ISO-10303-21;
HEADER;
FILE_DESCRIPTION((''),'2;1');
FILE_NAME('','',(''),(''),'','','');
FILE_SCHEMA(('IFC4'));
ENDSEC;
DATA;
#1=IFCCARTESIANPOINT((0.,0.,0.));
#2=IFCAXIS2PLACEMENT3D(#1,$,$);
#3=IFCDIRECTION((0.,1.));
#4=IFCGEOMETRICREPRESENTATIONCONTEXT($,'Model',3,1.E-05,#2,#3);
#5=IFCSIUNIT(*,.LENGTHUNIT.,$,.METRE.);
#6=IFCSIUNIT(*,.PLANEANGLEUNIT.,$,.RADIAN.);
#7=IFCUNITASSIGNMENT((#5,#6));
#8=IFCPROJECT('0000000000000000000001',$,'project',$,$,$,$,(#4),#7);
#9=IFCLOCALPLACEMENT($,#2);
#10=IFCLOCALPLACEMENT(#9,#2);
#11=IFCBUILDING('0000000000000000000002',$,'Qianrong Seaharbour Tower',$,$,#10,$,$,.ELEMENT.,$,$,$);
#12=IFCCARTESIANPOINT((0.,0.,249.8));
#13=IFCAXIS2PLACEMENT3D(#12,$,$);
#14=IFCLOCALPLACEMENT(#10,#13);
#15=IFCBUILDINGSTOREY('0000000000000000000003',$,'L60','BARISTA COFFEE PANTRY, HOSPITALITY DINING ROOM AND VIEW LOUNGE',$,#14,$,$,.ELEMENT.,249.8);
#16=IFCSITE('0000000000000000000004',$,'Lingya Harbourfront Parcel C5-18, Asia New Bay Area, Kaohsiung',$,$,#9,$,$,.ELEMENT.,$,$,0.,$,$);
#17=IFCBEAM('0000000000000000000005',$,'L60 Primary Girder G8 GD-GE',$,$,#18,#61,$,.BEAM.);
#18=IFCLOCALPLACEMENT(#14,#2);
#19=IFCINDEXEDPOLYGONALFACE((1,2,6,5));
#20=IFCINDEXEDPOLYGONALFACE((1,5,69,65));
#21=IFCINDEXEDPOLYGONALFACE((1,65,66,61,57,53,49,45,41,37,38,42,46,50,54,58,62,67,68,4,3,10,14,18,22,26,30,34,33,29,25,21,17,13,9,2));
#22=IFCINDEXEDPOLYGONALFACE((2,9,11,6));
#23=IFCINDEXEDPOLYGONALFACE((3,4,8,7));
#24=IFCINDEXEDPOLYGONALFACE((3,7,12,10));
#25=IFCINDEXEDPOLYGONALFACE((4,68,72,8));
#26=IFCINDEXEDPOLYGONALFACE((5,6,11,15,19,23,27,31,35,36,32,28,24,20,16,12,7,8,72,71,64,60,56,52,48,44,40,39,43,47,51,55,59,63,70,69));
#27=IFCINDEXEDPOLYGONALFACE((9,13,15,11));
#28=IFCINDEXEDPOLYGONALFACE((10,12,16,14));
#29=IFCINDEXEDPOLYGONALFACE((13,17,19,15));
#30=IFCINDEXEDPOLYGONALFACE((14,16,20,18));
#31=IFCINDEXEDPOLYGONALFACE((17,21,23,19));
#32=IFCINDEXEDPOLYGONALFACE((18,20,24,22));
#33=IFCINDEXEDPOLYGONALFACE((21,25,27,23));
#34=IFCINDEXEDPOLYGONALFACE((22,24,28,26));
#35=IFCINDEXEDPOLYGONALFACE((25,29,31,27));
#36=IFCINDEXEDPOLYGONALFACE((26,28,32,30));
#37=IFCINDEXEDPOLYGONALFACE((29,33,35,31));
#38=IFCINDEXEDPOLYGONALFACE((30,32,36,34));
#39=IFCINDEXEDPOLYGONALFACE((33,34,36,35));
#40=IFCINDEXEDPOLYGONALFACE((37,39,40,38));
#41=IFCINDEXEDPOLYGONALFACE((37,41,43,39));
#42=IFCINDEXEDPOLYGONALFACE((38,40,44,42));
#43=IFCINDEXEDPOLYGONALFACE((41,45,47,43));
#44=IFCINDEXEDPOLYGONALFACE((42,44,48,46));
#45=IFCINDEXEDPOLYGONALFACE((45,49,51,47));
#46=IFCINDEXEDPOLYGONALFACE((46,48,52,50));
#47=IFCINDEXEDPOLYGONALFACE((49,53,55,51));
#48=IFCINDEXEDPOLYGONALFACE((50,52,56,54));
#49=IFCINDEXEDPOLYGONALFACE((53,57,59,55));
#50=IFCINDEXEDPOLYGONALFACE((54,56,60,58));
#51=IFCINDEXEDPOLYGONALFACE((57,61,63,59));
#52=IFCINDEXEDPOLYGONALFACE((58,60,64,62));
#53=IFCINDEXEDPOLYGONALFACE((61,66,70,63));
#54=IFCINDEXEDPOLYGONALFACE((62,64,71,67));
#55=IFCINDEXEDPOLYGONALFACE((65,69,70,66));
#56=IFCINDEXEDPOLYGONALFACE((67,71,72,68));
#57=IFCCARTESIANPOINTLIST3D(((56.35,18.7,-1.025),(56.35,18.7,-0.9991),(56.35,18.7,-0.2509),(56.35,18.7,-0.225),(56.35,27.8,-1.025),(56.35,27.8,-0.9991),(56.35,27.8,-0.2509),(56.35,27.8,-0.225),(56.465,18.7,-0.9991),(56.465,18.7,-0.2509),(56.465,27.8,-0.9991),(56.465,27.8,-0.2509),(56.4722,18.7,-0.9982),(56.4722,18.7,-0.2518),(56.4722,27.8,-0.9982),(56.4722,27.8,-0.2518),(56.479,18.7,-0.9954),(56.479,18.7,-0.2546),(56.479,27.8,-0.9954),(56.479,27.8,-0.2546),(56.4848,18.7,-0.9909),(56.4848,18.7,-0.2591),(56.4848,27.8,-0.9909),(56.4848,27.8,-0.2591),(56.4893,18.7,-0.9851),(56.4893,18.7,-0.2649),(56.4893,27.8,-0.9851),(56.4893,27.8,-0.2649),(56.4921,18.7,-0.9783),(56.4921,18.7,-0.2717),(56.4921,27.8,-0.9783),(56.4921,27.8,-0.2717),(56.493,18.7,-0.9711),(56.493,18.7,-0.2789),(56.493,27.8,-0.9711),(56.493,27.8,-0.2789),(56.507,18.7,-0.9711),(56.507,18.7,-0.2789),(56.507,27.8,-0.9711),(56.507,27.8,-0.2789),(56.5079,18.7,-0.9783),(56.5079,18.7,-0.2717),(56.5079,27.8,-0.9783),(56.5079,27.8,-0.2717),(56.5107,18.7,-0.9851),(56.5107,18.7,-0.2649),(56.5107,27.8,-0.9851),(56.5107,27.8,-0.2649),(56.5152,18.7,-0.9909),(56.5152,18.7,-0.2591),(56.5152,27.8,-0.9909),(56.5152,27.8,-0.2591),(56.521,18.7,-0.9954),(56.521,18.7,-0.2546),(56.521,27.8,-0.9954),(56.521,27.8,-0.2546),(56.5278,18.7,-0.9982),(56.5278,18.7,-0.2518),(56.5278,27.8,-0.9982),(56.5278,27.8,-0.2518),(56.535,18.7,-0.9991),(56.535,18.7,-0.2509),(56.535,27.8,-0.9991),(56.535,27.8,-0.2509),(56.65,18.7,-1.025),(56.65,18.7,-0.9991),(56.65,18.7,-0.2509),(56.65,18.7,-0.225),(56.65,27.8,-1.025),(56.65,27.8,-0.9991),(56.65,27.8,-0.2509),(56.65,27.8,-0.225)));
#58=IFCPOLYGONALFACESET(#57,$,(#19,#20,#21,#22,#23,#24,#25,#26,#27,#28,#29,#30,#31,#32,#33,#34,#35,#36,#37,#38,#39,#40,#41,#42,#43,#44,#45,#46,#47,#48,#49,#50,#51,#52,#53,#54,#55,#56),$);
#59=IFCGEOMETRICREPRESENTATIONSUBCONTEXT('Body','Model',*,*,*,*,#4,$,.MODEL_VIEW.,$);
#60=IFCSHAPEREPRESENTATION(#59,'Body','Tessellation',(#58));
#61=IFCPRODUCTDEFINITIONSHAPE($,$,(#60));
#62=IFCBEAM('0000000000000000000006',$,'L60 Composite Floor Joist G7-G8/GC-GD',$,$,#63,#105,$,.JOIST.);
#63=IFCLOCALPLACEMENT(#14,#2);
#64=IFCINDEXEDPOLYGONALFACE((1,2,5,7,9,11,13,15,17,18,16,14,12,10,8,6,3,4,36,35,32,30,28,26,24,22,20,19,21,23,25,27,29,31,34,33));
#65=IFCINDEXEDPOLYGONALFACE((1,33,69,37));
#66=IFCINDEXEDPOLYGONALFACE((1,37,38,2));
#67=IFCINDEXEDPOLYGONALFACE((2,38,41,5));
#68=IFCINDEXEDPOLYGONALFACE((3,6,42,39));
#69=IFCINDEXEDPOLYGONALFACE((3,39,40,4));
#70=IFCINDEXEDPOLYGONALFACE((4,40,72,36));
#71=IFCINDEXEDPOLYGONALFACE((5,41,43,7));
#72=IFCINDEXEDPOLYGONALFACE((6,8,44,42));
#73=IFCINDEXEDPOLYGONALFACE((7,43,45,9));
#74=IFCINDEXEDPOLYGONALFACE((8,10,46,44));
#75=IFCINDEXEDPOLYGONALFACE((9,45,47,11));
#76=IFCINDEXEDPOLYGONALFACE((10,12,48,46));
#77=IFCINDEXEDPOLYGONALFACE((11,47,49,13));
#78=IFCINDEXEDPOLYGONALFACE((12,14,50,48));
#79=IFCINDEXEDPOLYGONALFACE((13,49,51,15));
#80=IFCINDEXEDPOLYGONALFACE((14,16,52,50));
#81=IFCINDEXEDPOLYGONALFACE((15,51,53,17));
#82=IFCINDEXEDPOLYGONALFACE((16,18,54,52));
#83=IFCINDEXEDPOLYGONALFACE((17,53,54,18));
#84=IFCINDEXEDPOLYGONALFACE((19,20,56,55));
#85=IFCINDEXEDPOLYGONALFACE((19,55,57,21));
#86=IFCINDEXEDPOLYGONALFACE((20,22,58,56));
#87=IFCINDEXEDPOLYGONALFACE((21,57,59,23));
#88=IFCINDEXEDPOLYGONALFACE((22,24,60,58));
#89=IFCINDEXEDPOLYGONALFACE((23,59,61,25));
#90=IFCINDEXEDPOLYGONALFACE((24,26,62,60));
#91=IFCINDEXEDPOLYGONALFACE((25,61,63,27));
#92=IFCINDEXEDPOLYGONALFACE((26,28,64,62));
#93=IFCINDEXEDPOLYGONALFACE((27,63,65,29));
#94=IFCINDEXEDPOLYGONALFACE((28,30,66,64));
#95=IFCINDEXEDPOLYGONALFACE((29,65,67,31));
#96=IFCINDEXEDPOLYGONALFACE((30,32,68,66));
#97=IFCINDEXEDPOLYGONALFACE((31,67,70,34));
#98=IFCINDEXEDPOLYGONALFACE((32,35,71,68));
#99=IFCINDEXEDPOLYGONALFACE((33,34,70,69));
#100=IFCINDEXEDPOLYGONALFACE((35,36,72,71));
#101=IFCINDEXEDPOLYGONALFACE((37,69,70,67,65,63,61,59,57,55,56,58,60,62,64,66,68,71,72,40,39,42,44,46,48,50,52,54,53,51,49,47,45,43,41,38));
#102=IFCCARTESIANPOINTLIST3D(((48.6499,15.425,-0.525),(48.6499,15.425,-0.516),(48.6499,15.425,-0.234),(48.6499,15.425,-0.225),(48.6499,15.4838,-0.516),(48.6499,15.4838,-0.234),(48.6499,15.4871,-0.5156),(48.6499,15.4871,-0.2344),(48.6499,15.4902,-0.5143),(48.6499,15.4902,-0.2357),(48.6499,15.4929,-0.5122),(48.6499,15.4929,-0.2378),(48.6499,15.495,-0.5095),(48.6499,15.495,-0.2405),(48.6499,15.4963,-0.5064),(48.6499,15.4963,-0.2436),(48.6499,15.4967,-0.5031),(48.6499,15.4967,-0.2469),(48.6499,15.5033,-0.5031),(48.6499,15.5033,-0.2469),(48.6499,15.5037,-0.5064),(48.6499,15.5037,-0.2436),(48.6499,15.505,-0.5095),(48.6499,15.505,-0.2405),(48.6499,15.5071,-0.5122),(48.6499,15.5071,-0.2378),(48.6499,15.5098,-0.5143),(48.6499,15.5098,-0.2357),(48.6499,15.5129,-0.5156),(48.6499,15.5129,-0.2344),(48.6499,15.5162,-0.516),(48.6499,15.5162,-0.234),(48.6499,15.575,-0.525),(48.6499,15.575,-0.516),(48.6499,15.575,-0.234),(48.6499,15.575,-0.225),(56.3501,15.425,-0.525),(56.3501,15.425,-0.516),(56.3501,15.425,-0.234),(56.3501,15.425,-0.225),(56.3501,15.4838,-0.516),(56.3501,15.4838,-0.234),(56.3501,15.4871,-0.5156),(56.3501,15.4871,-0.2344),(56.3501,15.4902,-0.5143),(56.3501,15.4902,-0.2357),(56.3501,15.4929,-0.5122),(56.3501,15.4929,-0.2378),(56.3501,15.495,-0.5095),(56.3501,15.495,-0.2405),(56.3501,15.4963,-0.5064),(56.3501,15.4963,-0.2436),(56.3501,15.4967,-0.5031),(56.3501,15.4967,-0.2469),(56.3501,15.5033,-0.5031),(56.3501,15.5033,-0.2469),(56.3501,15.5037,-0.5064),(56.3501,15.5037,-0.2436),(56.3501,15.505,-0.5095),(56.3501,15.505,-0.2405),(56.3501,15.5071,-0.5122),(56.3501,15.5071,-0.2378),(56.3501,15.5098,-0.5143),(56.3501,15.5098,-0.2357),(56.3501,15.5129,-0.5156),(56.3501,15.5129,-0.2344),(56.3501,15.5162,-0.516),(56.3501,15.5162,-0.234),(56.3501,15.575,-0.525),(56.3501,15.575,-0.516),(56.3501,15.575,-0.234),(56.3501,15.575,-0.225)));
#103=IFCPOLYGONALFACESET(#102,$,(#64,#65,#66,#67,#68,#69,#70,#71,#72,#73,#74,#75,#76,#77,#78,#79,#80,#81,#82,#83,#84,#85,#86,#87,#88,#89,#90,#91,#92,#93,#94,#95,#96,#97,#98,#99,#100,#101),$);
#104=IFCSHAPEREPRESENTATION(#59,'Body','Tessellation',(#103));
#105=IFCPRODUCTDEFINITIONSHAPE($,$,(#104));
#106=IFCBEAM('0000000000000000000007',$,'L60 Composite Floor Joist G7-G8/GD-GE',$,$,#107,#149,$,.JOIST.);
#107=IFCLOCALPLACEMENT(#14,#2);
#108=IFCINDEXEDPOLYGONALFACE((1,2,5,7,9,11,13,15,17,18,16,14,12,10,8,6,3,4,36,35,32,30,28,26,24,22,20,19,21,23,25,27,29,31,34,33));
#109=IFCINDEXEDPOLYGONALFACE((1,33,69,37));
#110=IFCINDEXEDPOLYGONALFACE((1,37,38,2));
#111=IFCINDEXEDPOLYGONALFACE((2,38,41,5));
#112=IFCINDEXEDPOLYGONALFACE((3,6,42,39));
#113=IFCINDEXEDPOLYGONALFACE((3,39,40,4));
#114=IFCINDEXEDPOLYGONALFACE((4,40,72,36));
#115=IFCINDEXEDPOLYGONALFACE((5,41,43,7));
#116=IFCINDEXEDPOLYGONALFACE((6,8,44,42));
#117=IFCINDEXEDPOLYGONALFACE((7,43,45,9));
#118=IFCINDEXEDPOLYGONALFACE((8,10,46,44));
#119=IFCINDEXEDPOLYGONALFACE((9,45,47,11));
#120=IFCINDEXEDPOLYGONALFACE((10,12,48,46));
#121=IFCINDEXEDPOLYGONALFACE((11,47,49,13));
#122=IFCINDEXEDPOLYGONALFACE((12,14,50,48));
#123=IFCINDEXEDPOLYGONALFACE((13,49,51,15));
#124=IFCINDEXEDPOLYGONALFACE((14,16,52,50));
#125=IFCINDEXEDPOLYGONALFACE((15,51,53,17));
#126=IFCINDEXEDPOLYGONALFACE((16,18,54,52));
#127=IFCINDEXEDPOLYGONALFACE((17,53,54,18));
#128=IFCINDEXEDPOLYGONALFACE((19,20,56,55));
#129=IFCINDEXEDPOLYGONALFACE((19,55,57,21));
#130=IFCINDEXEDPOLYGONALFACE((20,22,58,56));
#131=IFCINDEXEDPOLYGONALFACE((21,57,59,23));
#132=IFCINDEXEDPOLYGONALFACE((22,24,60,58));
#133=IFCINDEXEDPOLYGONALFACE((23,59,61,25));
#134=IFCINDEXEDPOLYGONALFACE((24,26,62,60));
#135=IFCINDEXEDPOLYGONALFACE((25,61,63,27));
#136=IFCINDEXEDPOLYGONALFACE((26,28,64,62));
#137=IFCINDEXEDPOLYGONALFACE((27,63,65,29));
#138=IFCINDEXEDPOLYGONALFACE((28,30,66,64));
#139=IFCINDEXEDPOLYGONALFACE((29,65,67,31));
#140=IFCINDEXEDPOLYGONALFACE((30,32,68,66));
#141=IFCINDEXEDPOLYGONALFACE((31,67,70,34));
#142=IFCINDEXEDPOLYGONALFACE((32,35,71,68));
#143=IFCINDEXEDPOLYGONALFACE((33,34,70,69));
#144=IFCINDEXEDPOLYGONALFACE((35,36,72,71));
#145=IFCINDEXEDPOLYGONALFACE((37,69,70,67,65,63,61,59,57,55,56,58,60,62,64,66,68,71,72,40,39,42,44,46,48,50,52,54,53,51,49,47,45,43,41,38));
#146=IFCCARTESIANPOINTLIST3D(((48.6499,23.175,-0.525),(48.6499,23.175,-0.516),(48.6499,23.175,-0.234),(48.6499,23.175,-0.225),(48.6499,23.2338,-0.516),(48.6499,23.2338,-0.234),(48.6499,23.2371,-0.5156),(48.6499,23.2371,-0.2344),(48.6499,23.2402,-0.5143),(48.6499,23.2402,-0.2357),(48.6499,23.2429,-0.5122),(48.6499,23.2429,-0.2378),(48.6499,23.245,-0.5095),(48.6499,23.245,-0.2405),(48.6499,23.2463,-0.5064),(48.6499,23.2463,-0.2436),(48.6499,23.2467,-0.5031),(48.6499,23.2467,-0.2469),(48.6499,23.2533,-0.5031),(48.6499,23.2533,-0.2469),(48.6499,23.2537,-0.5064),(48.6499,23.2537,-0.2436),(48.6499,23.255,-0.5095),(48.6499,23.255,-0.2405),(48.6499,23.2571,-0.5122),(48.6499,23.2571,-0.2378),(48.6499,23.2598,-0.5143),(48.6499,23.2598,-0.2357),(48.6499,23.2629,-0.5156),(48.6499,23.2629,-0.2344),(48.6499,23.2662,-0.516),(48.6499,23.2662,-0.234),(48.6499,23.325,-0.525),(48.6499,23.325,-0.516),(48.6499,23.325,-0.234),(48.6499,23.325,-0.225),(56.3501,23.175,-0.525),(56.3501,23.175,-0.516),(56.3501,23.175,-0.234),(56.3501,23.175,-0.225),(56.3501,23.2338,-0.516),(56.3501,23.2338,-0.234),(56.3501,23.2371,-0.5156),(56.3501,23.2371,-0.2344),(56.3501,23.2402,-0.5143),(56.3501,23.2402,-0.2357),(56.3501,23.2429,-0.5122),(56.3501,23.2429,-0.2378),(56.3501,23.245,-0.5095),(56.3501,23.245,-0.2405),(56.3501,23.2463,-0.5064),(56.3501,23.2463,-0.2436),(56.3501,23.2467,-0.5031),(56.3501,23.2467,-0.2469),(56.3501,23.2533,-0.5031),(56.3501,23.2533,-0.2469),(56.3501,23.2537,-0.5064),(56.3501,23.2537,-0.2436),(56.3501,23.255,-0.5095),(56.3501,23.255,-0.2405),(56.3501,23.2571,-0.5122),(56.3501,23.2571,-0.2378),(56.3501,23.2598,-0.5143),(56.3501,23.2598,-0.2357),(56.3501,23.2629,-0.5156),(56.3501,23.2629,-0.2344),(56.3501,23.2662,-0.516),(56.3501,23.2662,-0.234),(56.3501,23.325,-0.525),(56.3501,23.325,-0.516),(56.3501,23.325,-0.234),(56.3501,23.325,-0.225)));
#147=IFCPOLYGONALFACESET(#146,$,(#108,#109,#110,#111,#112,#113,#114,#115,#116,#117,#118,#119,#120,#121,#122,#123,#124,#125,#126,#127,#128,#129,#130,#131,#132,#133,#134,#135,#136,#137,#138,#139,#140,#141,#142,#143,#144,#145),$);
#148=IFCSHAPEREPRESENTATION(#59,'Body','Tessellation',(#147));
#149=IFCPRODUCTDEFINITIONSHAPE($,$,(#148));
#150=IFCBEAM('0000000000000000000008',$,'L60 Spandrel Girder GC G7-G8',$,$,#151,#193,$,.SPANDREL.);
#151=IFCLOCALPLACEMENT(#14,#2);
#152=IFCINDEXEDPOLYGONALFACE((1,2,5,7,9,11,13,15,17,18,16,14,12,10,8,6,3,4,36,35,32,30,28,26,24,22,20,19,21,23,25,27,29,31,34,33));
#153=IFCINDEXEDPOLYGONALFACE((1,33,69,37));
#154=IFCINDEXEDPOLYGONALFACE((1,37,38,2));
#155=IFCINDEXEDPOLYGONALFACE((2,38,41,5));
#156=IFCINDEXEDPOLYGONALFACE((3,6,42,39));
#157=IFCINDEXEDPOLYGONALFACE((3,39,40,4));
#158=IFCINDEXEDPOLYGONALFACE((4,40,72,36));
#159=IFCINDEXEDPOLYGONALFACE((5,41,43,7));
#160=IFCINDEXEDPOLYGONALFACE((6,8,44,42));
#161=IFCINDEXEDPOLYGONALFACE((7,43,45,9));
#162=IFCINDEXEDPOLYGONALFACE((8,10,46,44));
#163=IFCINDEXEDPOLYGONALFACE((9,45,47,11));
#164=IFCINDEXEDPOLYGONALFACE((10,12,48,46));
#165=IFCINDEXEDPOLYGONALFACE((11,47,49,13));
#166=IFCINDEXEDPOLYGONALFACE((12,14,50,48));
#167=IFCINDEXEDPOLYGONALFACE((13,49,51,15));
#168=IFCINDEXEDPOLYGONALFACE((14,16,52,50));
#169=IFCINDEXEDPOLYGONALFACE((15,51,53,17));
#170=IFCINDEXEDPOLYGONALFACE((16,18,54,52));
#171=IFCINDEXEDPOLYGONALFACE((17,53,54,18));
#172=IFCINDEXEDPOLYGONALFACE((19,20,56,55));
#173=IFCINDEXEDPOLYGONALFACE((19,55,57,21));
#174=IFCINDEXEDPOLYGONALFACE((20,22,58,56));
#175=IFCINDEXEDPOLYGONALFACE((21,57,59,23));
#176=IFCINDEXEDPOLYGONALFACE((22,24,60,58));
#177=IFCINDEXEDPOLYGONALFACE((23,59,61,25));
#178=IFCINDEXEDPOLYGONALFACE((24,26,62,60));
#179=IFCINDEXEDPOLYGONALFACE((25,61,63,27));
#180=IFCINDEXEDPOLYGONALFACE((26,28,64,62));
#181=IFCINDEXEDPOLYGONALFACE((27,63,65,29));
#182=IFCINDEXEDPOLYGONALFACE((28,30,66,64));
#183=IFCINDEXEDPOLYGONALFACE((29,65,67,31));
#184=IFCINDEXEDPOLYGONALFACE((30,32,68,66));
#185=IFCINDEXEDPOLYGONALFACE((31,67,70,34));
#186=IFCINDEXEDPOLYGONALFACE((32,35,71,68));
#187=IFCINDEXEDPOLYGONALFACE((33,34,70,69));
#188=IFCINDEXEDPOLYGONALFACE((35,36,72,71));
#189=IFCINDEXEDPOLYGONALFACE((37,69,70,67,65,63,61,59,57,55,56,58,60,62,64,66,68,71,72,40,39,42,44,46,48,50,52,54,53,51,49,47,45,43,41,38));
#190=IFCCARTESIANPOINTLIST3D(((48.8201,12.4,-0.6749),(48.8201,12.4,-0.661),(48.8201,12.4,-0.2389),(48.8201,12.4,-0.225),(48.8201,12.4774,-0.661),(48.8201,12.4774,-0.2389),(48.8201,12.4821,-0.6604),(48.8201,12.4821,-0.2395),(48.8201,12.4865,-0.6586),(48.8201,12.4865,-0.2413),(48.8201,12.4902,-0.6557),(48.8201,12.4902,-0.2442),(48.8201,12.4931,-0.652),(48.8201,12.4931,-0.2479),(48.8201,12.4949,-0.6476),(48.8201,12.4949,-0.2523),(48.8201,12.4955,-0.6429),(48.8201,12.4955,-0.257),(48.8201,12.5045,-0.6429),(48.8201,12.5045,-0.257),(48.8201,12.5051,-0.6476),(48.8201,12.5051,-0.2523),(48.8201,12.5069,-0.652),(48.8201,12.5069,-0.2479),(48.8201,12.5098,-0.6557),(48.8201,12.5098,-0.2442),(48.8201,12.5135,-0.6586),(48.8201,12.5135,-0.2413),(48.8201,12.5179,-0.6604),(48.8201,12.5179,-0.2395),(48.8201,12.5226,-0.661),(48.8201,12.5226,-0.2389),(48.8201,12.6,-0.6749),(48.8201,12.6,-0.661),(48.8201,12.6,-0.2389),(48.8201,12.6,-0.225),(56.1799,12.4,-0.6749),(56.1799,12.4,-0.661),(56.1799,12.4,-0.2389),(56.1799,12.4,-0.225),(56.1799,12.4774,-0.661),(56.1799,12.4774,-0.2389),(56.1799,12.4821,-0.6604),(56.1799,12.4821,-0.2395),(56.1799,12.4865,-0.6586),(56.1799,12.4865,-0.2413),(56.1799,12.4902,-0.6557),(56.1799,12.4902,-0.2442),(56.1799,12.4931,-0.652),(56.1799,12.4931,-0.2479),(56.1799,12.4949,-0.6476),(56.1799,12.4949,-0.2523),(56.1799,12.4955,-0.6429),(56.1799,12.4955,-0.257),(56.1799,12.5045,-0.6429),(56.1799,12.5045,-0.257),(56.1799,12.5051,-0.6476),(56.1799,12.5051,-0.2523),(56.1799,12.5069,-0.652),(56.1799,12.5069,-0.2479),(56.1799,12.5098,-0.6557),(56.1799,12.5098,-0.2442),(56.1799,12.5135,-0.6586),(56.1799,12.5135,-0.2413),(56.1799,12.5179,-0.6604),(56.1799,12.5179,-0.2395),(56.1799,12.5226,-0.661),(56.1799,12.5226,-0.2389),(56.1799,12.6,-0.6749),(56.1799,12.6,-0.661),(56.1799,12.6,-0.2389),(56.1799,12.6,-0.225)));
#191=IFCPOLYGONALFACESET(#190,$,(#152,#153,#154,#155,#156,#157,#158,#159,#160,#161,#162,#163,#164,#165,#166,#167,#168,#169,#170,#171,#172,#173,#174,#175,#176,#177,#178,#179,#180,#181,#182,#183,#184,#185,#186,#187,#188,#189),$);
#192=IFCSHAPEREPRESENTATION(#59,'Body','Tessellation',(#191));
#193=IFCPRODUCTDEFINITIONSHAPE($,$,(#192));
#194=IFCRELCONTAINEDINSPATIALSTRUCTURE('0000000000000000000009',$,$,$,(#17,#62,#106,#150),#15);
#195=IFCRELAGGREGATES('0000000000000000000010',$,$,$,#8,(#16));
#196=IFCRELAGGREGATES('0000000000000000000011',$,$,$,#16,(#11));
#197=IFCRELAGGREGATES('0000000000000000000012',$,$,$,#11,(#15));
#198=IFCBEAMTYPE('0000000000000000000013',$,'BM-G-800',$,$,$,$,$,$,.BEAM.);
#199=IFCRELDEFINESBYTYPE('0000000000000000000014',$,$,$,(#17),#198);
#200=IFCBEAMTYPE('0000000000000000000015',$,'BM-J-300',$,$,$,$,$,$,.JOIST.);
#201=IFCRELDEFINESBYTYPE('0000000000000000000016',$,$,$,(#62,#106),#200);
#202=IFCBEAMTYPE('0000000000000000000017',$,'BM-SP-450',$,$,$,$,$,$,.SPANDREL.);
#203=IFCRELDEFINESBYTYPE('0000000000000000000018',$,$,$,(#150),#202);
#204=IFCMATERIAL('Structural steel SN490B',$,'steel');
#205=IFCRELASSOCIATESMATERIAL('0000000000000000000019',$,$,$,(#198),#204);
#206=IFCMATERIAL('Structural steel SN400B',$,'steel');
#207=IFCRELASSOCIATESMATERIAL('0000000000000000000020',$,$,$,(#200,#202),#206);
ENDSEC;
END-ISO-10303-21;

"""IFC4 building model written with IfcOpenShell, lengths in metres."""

from ifc_helpers import new_model, si_unit, direction, frame, origin, origin_2d, place, context, subcontext, project, spatial, i_section, extrude, material, material_profile, profile_set, type_object, element, save


model = new_model("IFC4")

# Units and contexts
model_context = context("Model", 3, precision=1e-05, world=origin(), true_north=direction((0.0, 1.0)))
body_context = subcontext(model_context, "Body", "Model", "MODEL_VIEW")
ifc_project = project(units=[si_unit("LENGTHUNIT", "METRE"), si_unit("PLANEANGLEUNIT", "RADIAN")], contexts=[model_context])

# Site, building, storey
site_placement = place(None, origin())
site = spatial("IfcSite", under=ifc_project, at=site_placement, Name="Lingya Harbourfront Parcel C5-18, Asia New Bay Area, Kaohsiung", CompositionType="ELEMENT", RefElevation=0.0)
building_placement = place(site_placement, origin())
building = spatial("IfcBuilding", under=site, at=building_placement, Name="Qianrong Seaharbour Tower", CompositionType="ELEMENT")
storey_placement = place(building_placement, frame((0.0, 0.0, 249.8)))
storey = spatial("IfcBuildingStorey", under=building, at=storey_placement, Name="L60", Description="BARISTA COFFEE PANTRY, HOSPITALITY DINING ROOM AND VIEW LOUNGE", CompositionType="ELEMENT", Elevation=249.8)

# Shared definitions
ifc_material_1 = material(Name="Structural steel SN490B", Category="steel")

# Beams
ifc_material_profile_1 = material_profile(ifc_material_1, i_section(OverallWidth=0.3, OverallDepth=0.8, WebThickness=0.0139, FlangeThickness=0.0259, FilletRadius=0.0281, at=origin_2d()), Name="H800x300x14x26")
ifc_profile_set_1 = profile_set([ifc_material_profile_1], Name="Structural steel SN490B")
beam_type_1 = type_object("IfcBeamType", Name="BM-G-800", PredefinedType="BEAM", material=ifc_profile_set_1)
for number, where, z_axis, x_axis, name in (
    (1, (56.5, 18.7, -0.625), (0.0, 1.0, 0.0), (-1.0, 0.0, 0.0), "L60 Primary Girder G8 GD-GE"),
):
    element("IfcBeam", number, at=place(storey_placement, frame(where, z_axis=z_axis, x_axis=x_axis)), inside=storey, type_object=beam_type_1, Name=name, PredefinedType="BEAM", context=body_context, shape_type="SweptSolid", body=[
        extrude(i_section(OverallWidth=0.3, OverallDepth=0.8, WebThickness=0.0139, FlangeThickness=0.0259, FilletRadius=0.0281, at=origin_2d()), origin(), (0.0, 0.0, 1.0), 9.1001),
    ])
ifc_material_2 = material(Name="Structural steel SN400B", Category="steel")
ifc_material_profile_2 = material_profile(ifc_material_2, i_section(OverallWidth=0.1499, OverallDepth=0.3, WebThickness=0.0066, FlangeThickness=0.009, FilletRadius=0.0129, at=origin_2d()), Name="H300x150x6.5x9")
ifc_profile_set_2 = profile_set([ifc_material_profile_2], Name="Structural steel SN400B")
beam_type_2 = type_object("IfcBeamType", Name="BM-J-300", PredefinedType="JOIST", material=ifc_profile_set_2)
for number, where, z_axis, x_axis, name in (
    (2, (48.6499, 15.5, -0.375), (1.0, 0.0, 0.0), (0.0, 1.0, 0.0), "L60 Composite Floor Joist G7-G8/GC-GD"),
    (3, (48.6499, 23.25, -0.375), (1.0, 0.0, 0.0), (0.0, 1.0, 0.0), "L60 Composite Floor Joist G7-G8/GD-GE"),
):
    element("IfcBeam", number, at=place(storey_placement, frame(where, z_axis=z_axis, x_axis=x_axis)), inside=storey, type_object=beam_type_2, Name=name, PredefinedType="JOIST", context=body_context, shape_type="SweptSolid", body=[
        extrude(i_section(OverallWidth=0.1499, OverallDepth=0.3, WebThickness=0.0066, FlangeThickness=0.009, FilletRadius=0.0129, at=origin_2d()), origin(), (0.0, 0.0, 1.0), 7.7002),
    ])
ifc_material_profile_3 = material_profile(ifc_material_2, i_section(OverallWidth=0.2, OverallDepth=0.45, WebThickness=0.009, FlangeThickness=0.0139, FilletRadius=0.0181, at=origin_2d()), Name="H450x200x9x14")
ifc_profile_set_3 = profile_set([ifc_material_profile_3], Name="Structural steel SN400B")
beam_type_3 = type_object("IfcBeamType", Name="BM-SP-450", PredefinedType="SPANDREL", material=ifc_profile_set_3)
beam_1_placement = place(storey_placement, frame((48.8201, 12.5, -0.45), z_axis=(1.0, 0.0, 0.0), x_axis=(0.0, 1.0, 0.0)))
element("IfcBeam", 4, at=beam_1_placement, inside=storey, type_object=beam_type_3, Name="L60 Spandrel Girder GC G7-G8", PredefinedType="SPANDREL", context=body_context, shape_type="SweptSolid", body=[
    extrude(i_section(OverallWidth=0.2, OverallDepth=0.45, WebThickness=0.009, FlangeThickness=0.0139, FilletRadius=0.0181, at=origin_2d()), origin(), (0.0, 0.0, 1.0), 7.3599),
])

save(model, "model.ifc")
